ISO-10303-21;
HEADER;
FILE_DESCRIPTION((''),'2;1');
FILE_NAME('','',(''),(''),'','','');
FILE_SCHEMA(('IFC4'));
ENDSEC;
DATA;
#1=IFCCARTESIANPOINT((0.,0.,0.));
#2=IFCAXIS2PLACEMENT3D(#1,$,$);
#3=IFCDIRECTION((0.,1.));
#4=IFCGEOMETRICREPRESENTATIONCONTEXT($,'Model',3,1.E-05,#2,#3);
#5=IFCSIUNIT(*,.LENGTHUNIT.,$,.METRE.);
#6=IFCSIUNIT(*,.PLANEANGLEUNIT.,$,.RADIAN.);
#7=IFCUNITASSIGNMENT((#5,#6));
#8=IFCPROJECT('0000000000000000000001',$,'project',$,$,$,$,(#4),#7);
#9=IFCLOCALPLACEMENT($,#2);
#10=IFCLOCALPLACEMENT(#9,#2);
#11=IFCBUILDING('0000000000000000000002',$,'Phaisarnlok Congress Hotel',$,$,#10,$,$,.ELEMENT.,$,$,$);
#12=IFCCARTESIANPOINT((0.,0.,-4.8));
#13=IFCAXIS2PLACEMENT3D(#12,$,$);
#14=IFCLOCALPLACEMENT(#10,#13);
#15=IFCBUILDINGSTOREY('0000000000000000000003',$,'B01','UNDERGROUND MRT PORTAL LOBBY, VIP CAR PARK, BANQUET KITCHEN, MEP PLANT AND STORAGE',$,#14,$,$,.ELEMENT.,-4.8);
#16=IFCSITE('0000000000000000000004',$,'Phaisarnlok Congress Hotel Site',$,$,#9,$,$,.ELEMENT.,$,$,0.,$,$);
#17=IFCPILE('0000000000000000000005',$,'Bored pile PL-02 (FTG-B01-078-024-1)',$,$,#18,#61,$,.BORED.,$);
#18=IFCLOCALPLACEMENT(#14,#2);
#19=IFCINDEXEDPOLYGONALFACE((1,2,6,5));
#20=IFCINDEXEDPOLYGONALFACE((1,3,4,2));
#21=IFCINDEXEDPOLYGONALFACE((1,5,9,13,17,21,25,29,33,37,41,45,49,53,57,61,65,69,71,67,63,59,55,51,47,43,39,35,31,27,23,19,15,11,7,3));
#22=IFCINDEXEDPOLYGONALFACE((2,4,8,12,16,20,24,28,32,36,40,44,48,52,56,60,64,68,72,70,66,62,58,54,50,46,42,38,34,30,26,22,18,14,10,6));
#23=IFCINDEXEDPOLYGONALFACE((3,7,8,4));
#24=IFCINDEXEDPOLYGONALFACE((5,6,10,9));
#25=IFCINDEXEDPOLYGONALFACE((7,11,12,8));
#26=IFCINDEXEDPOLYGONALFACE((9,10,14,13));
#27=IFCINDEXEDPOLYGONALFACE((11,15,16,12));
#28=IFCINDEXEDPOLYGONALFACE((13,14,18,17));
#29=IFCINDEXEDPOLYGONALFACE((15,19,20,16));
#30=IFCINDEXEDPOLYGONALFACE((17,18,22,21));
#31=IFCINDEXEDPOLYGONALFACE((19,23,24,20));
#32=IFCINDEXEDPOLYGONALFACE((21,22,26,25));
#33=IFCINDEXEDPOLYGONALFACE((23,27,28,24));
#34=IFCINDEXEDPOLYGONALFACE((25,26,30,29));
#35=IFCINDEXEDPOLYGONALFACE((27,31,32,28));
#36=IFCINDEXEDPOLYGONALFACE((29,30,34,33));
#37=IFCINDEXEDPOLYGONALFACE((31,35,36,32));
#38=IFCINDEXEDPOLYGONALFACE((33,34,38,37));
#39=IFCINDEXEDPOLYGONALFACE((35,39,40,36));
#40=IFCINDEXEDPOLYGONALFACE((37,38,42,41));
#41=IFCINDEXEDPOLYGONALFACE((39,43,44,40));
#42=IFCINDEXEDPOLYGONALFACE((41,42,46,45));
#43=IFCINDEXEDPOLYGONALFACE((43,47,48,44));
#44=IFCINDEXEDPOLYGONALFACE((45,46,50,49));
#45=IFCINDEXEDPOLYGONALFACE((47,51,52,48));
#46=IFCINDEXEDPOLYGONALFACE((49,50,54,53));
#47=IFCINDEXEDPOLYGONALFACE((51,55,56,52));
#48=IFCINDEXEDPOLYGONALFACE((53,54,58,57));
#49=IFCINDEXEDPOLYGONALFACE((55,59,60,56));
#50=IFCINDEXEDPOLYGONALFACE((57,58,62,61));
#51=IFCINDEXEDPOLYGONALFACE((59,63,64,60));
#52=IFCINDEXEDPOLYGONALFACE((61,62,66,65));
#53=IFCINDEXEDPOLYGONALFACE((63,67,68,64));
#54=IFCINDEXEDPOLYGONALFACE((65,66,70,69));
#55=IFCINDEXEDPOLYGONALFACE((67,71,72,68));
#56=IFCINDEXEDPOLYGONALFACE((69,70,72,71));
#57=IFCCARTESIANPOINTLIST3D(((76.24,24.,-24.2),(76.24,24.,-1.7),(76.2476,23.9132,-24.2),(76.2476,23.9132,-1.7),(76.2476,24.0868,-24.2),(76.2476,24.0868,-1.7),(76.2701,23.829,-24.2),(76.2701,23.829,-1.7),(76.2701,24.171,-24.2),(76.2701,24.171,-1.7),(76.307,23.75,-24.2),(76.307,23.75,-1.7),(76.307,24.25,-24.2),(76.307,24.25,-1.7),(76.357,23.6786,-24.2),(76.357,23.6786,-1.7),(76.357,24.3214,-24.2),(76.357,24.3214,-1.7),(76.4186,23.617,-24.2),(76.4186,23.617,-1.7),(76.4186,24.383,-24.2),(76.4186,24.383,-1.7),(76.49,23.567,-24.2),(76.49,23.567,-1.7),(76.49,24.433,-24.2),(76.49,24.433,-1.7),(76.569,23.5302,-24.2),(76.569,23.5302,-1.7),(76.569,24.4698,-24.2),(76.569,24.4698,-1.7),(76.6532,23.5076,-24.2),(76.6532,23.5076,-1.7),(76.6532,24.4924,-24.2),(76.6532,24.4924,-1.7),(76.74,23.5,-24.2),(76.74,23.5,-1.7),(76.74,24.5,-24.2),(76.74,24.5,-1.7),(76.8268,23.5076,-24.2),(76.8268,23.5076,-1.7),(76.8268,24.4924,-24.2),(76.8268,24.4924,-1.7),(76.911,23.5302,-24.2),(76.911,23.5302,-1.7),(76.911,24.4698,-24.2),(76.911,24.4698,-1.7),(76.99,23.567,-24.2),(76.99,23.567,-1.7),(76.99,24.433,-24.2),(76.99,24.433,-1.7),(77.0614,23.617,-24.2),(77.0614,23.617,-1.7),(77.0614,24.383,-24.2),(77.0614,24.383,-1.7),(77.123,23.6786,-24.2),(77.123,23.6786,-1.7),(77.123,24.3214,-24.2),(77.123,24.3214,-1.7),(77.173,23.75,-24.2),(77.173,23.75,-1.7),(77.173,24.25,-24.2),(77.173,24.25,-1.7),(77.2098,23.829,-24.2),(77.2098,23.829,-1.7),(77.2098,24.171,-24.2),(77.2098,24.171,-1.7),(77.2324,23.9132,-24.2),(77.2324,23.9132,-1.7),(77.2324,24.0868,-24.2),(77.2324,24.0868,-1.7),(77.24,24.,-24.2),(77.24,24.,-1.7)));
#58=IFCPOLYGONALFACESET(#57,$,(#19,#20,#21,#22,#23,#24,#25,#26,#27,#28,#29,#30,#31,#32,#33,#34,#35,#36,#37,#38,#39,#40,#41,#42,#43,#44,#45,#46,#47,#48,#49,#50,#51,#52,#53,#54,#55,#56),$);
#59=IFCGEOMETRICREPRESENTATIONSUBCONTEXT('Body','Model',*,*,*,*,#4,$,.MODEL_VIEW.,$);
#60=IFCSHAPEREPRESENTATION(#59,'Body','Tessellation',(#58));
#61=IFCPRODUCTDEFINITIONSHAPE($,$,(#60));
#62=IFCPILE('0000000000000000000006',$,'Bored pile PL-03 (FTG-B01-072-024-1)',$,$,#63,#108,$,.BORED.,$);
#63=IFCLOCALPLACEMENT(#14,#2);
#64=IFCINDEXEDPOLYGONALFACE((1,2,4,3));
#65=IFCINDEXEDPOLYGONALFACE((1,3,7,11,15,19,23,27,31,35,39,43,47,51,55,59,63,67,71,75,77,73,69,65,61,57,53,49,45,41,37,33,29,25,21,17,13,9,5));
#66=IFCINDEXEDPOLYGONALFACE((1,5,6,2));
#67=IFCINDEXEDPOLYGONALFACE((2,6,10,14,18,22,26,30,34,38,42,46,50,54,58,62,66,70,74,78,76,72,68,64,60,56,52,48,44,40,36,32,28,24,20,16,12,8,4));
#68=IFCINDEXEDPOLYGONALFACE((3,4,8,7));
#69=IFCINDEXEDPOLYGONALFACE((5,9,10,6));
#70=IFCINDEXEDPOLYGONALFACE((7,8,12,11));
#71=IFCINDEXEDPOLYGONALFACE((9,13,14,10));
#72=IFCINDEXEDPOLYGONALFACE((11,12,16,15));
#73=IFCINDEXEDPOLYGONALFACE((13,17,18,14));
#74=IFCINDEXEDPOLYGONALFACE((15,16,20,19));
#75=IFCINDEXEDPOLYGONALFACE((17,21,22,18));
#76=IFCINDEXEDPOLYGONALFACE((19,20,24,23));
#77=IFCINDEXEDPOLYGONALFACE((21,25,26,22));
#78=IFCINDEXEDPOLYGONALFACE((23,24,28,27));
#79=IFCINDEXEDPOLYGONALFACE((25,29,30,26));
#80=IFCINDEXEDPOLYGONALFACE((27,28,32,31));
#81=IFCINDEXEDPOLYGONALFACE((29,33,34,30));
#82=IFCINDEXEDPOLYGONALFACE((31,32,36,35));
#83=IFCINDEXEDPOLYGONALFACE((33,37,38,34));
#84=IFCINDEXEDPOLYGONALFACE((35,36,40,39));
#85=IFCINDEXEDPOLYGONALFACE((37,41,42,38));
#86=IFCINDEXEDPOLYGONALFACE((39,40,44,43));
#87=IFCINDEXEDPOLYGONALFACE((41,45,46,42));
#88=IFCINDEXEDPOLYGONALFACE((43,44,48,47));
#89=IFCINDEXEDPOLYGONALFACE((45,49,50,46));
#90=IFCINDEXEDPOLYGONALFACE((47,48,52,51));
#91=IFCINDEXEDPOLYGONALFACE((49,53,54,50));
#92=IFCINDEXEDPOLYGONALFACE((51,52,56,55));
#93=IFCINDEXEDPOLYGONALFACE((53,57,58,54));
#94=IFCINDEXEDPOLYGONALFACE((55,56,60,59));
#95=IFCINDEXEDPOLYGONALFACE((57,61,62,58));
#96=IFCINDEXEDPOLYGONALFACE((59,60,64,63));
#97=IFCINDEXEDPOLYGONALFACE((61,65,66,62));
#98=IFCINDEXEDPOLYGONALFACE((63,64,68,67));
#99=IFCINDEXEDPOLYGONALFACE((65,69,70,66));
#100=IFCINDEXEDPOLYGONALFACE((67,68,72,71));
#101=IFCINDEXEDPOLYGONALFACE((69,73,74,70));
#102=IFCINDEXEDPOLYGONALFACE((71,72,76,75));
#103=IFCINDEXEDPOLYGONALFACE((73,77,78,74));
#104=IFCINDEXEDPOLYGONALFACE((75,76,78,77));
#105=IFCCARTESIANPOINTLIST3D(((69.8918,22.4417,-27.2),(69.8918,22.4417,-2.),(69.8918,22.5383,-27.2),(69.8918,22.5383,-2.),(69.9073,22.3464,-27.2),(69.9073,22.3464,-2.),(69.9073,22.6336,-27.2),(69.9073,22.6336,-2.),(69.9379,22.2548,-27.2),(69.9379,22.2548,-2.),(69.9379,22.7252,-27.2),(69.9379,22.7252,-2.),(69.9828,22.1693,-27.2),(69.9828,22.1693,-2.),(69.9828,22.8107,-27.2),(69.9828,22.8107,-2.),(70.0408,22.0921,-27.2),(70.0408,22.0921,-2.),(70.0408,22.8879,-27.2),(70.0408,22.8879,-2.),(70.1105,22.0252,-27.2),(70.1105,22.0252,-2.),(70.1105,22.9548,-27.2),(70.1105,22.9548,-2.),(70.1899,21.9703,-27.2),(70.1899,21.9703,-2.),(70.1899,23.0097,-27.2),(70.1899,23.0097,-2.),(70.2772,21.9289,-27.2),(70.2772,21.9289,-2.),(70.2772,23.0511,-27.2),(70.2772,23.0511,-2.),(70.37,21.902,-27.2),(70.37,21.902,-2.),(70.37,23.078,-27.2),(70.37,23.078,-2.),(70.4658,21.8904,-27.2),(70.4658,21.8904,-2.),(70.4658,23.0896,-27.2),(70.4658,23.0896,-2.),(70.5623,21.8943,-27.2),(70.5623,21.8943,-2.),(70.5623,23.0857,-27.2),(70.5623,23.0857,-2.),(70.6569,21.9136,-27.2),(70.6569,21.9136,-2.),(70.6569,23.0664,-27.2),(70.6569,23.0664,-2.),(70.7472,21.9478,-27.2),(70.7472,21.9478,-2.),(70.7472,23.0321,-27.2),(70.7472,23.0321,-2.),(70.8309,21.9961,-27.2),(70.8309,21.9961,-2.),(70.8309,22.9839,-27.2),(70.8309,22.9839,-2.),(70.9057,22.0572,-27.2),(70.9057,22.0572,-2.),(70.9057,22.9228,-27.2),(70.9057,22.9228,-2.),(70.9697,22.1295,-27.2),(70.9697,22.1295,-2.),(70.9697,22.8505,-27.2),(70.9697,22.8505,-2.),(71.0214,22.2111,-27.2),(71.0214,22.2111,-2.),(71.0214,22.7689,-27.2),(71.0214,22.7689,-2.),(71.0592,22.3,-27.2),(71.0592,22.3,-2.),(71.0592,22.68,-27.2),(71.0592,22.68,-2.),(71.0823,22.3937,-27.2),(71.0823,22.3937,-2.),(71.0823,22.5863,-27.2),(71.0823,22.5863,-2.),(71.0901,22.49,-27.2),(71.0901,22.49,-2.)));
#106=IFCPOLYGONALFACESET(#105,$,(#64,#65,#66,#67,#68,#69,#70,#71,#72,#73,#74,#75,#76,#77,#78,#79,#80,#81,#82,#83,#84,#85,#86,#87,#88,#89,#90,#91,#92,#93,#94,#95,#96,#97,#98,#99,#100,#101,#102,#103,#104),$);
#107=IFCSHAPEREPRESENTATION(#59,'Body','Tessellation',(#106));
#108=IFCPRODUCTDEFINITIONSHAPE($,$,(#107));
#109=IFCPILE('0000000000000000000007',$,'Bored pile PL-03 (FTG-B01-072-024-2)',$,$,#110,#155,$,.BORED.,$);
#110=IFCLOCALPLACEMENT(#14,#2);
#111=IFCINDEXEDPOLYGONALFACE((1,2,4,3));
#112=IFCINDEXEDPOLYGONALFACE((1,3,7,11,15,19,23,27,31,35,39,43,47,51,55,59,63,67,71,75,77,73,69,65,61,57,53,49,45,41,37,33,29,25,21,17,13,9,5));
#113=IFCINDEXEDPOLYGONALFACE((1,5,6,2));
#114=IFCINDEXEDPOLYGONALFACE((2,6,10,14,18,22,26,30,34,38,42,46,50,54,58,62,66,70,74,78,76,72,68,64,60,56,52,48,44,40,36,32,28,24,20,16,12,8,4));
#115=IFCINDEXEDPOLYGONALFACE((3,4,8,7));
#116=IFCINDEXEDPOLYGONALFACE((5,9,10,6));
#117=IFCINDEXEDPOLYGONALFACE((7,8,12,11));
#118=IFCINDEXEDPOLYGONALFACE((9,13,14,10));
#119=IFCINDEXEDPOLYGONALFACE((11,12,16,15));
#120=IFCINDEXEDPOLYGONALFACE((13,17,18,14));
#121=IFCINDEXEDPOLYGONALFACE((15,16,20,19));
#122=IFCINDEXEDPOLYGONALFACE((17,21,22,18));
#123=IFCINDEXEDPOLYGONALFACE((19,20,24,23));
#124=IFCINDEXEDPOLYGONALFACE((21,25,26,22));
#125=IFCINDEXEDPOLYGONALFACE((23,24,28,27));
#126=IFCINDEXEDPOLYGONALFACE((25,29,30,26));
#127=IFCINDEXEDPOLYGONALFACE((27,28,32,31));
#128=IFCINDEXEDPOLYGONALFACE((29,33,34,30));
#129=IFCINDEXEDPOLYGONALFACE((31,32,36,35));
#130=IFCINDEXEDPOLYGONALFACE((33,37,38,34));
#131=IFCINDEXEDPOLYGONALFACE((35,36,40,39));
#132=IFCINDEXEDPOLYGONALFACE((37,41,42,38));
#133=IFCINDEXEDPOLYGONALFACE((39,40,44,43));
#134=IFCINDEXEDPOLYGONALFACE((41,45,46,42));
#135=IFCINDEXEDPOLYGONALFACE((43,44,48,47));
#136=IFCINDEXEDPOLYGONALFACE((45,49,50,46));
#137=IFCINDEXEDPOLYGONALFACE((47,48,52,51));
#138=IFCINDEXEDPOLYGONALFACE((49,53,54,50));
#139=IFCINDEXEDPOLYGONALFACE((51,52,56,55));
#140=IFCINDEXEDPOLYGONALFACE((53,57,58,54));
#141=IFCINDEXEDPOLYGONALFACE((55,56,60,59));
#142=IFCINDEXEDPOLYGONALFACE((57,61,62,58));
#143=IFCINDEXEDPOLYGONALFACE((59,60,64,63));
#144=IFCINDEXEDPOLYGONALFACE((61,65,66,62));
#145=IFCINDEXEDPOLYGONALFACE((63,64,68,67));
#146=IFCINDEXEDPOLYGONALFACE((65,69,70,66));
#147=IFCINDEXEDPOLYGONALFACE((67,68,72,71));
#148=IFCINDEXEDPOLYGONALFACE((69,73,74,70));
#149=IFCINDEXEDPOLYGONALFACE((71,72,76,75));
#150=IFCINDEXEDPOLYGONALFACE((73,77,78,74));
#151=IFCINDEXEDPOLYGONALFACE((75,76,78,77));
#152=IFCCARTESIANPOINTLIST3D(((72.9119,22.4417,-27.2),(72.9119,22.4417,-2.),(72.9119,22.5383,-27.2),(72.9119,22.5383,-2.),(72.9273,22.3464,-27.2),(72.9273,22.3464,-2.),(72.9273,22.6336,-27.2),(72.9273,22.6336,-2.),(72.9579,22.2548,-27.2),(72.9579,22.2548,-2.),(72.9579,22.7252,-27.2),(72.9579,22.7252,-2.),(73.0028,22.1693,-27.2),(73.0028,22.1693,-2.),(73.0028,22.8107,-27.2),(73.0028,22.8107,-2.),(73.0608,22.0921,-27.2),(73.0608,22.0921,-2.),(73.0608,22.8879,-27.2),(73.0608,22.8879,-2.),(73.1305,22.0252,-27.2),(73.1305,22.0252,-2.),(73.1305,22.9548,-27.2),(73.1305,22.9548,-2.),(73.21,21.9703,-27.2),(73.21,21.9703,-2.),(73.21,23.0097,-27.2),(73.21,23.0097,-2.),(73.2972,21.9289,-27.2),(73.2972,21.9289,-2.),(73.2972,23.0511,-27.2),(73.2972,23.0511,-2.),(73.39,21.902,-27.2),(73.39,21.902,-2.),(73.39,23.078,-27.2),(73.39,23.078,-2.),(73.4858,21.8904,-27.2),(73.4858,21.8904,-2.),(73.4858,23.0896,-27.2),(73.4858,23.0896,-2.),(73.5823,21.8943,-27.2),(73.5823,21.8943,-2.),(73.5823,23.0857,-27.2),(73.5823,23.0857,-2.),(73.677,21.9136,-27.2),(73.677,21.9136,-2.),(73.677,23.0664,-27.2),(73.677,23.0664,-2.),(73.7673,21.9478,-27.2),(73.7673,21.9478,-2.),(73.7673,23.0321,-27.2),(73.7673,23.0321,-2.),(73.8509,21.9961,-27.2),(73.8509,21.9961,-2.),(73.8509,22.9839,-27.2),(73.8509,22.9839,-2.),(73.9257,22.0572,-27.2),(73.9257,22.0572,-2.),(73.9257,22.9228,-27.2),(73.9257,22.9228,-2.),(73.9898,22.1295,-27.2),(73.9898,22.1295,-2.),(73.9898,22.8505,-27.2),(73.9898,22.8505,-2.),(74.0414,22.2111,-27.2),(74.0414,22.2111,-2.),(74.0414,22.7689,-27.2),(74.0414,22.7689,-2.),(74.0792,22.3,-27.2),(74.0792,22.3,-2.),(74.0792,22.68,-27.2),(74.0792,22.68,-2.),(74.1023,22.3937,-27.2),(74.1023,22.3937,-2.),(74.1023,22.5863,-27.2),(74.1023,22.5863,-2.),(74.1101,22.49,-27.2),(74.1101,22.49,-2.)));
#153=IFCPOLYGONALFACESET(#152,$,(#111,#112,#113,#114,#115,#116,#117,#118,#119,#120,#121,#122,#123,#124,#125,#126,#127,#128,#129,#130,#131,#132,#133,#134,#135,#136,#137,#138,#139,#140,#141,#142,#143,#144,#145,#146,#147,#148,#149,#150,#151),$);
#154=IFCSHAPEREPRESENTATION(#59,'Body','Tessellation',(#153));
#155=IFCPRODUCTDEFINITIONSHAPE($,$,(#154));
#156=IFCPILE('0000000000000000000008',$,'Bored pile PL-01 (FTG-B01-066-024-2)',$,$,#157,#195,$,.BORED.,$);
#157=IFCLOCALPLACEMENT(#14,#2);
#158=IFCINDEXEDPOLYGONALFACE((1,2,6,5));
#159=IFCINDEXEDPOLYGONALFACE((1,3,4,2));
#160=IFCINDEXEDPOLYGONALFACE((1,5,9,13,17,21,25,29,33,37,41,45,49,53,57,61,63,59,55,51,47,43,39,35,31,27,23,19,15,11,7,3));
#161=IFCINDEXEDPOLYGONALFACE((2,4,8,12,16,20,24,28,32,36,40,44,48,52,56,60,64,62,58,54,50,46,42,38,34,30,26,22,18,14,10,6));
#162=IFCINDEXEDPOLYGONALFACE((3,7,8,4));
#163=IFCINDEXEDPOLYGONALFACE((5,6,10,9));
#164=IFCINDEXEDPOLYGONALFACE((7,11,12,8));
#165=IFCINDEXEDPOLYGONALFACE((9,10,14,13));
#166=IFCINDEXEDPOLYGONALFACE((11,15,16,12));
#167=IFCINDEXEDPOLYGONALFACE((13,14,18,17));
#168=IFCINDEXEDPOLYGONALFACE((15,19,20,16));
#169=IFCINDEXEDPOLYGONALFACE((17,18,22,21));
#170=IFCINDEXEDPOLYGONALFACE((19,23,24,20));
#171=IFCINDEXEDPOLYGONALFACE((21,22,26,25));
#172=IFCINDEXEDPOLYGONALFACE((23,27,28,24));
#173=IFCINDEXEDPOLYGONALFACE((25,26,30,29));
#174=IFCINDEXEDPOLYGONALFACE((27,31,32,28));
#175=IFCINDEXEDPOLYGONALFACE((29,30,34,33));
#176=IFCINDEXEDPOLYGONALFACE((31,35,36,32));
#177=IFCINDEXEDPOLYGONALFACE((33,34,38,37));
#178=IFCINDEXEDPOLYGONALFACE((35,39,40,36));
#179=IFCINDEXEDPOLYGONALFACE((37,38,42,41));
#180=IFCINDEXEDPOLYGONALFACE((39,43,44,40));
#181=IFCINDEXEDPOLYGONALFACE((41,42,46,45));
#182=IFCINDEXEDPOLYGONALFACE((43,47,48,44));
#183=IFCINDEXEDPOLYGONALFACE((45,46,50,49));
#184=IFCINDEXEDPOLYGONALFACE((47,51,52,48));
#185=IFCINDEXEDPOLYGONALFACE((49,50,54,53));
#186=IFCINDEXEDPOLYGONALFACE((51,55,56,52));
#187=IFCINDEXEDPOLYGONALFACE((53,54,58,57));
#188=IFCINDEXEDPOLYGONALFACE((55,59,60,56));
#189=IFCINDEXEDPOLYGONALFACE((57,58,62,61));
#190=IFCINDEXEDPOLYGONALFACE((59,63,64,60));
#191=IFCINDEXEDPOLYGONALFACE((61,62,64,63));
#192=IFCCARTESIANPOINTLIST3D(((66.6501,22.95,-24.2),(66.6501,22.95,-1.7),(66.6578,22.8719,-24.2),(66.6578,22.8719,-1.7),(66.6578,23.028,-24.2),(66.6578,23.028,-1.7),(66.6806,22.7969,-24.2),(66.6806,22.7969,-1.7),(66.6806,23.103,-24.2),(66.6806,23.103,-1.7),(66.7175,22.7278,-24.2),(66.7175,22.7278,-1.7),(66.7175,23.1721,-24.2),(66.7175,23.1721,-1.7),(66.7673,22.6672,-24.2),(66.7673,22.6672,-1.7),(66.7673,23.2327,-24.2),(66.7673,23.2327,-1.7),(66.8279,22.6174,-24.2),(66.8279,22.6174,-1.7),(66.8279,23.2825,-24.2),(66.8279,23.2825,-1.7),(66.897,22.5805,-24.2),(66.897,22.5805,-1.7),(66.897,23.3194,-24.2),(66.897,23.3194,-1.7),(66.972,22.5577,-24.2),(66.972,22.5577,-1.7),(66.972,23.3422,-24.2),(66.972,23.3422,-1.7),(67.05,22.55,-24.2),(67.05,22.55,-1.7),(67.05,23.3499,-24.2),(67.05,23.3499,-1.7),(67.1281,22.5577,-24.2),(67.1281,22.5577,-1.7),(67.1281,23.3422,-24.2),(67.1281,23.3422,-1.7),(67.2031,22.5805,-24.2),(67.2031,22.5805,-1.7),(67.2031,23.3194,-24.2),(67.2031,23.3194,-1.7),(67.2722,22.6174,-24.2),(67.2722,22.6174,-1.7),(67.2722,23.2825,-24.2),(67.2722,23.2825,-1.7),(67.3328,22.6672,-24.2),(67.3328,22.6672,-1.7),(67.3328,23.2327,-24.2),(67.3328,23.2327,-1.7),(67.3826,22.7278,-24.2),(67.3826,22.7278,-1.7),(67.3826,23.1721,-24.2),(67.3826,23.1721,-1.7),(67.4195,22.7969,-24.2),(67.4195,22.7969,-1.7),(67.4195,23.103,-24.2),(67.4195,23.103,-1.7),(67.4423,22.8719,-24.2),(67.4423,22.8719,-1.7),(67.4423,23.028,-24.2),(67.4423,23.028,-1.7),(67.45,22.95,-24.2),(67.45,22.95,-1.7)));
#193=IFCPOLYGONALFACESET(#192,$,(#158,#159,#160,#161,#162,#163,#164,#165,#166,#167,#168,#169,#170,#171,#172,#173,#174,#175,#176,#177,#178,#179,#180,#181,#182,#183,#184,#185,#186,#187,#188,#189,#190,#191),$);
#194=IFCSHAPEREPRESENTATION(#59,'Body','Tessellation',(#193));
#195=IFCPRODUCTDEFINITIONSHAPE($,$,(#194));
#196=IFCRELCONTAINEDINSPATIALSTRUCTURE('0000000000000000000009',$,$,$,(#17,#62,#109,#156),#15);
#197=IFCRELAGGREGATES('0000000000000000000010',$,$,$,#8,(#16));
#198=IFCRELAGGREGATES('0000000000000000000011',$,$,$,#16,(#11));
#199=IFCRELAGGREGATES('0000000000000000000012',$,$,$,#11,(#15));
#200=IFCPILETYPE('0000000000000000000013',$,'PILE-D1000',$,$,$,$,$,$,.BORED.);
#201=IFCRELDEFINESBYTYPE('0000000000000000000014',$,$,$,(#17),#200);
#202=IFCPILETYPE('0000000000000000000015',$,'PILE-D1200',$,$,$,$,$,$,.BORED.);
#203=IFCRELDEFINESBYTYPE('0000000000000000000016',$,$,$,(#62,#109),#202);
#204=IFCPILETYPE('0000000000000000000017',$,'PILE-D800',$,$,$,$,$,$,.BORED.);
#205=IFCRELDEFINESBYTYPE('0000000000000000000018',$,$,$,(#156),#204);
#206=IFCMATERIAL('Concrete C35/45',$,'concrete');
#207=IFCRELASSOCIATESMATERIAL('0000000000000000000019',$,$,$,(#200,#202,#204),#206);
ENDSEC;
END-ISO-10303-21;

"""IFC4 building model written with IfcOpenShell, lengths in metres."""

from ifc_helpers import new_model, si_unit, direction, frame, origin, origin_2d, place, context, subcontext, project, spatial, circle, extrude, material, material_profile, profile_set, type_object, element, save


model = new_model("IFC4")

# Units and contexts
model_context = context("Model", 3, precision=1e-05, world=origin(), true_north=direction((0.0, 1.0)))
body_context = subcontext(model_context, "Body", "Model", "MODEL_VIEW")
ifc_project = project(units=[si_unit("LENGTHUNIT", "METRE"), si_unit("PLANEANGLEUNIT", "RADIAN")], contexts=[model_context])

# Site, building, storey
site_placement = place(None, origin())
site = spatial("IfcSite", under=ifc_project, at=site_placement, Name="Phaisarnlok Congress Hotel Site", CompositionType="ELEMENT", RefElevation=0.0)
building_placement = place(site_placement, origin())
building = spatial("IfcBuilding", under=site, at=building_placement, Name="Phaisarnlok Congress Hotel", CompositionType="ELEMENT")
storey_placement = place(building_placement, frame((0.0, 0.0, -4.8)))
storey = spatial("IfcBuildingStorey", under=building, at=storey_placement, Name="B01", Description="UNDERGROUND MRT PORTAL LOBBY, VIP CAR PARK, BANQUET KITCHEN, MEP PLANT AND STORAGE", CompositionType="ELEMENT", Elevation=-4.8)

# Piles
ifc_material_1 = material(Name="Concrete C35/45", Category="concrete")
ifc_material_profile_1 = material_profile(ifc_material_1, circle(Radius=0.5, at=origin_2d()), Name="BORED PILE D1000")
ifc_profile_set_1 = profile_set([ifc_material_profile_1], Name="Concrete C35/45")
pile_type_1 = type_object("IfcPileType", Name="PILE-D1000", PredefinedType="BORED", material=ifc_profile_set_1)
pile_1_placement = place(storey_placement, frame((76.74, 24.0, -1.7), z_axis=(0.0, 0.0, -1.0), x_axis=(1.0, 0.0, 0.0)))
element("IfcPile", 1, at=pile_1_placement, inside=storey, type_object=pile_type_1, Name="Bored pile PL-02 (FTG-B01-078-024-1)", PredefinedType="BORED", context=body_context, shape_type="SweptSolid", body=[
    extrude(circle(Radius=0.5, at=origin_2d()), origin(), (0.0, 0.0, 1.0), 22.5),
])
ifc_material_profile_2 = material_profile(ifc_material_1, circle(Radius=0.6001, at=origin_2d()), Name="BORED PILE D1200")
ifc_profile_set_2 = profile_set([ifc_material_profile_2], Name="Concrete C35/45")
pile_type_2 = type_object("IfcPileType", Name="PILE-D1200", PredefinedType="BORED", material=ifc_profile_set_2)
for number, where, z_axis, x_axis, name in (
    (2, (70.49, 22.49, -2.0), (0.0, 0.0, -1.0), (1.0, 0.0, 0.0), "Bored pile PL-03 (FTG-B01-072-024-1)"),
    (3, (73.51, 22.49, -2.0), (0.0, 0.0, -1.0), (1.0, 0.0, 0.0), "Bored pile PL-03 (FTG-B01-072-024-2)"),
):
    element("IfcPile", number, at=place(storey_placement, frame(where, z_axis=z_axis, x_axis=x_axis)), inside=storey, type_object=pile_type_2, Name=name, PredefinedType="BORED", context=body_context, shape_type="SweptSolid", body=[
        extrude(circle(Radius=0.6001, at=origin_2d()), origin(), (0.0, 0.0, 1.0), 25.2),
    ])
ifc_material_profile_3 = material_profile(ifc_material_1, circle(Radius=0.3999, at=origin_2d()), Name="BORED PILE D800")
ifc_profile_set_3 = profile_set([ifc_material_profile_3], Name="Concrete C35/45")
pile_type_3 = type_object("IfcPileType", Name="PILE-D800", PredefinedType="BORED", material=ifc_profile_set_3)
pile_2_placement = place(storey_placement, frame((67.05, 22.95, -1.7), z_axis=(0.0, 0.0, -1.0), x_axis=(1.0, 0.0, 0.0)))
element("IfcPile", 4, at=pile_2_placement, inside=storey, type_object=pile_type_3, Name="Bored pile PL-01 (FTG-B01-066-024-2)", PredefinedType="BORED", context=body_context, shape_type="SweptSolid", body=[
    extrude(circle(Radius=0.3999, at=origin_2d()), origin(), (0.0, 0.0, 1.0), 22.5),
])

save(model, "model.ifc")
